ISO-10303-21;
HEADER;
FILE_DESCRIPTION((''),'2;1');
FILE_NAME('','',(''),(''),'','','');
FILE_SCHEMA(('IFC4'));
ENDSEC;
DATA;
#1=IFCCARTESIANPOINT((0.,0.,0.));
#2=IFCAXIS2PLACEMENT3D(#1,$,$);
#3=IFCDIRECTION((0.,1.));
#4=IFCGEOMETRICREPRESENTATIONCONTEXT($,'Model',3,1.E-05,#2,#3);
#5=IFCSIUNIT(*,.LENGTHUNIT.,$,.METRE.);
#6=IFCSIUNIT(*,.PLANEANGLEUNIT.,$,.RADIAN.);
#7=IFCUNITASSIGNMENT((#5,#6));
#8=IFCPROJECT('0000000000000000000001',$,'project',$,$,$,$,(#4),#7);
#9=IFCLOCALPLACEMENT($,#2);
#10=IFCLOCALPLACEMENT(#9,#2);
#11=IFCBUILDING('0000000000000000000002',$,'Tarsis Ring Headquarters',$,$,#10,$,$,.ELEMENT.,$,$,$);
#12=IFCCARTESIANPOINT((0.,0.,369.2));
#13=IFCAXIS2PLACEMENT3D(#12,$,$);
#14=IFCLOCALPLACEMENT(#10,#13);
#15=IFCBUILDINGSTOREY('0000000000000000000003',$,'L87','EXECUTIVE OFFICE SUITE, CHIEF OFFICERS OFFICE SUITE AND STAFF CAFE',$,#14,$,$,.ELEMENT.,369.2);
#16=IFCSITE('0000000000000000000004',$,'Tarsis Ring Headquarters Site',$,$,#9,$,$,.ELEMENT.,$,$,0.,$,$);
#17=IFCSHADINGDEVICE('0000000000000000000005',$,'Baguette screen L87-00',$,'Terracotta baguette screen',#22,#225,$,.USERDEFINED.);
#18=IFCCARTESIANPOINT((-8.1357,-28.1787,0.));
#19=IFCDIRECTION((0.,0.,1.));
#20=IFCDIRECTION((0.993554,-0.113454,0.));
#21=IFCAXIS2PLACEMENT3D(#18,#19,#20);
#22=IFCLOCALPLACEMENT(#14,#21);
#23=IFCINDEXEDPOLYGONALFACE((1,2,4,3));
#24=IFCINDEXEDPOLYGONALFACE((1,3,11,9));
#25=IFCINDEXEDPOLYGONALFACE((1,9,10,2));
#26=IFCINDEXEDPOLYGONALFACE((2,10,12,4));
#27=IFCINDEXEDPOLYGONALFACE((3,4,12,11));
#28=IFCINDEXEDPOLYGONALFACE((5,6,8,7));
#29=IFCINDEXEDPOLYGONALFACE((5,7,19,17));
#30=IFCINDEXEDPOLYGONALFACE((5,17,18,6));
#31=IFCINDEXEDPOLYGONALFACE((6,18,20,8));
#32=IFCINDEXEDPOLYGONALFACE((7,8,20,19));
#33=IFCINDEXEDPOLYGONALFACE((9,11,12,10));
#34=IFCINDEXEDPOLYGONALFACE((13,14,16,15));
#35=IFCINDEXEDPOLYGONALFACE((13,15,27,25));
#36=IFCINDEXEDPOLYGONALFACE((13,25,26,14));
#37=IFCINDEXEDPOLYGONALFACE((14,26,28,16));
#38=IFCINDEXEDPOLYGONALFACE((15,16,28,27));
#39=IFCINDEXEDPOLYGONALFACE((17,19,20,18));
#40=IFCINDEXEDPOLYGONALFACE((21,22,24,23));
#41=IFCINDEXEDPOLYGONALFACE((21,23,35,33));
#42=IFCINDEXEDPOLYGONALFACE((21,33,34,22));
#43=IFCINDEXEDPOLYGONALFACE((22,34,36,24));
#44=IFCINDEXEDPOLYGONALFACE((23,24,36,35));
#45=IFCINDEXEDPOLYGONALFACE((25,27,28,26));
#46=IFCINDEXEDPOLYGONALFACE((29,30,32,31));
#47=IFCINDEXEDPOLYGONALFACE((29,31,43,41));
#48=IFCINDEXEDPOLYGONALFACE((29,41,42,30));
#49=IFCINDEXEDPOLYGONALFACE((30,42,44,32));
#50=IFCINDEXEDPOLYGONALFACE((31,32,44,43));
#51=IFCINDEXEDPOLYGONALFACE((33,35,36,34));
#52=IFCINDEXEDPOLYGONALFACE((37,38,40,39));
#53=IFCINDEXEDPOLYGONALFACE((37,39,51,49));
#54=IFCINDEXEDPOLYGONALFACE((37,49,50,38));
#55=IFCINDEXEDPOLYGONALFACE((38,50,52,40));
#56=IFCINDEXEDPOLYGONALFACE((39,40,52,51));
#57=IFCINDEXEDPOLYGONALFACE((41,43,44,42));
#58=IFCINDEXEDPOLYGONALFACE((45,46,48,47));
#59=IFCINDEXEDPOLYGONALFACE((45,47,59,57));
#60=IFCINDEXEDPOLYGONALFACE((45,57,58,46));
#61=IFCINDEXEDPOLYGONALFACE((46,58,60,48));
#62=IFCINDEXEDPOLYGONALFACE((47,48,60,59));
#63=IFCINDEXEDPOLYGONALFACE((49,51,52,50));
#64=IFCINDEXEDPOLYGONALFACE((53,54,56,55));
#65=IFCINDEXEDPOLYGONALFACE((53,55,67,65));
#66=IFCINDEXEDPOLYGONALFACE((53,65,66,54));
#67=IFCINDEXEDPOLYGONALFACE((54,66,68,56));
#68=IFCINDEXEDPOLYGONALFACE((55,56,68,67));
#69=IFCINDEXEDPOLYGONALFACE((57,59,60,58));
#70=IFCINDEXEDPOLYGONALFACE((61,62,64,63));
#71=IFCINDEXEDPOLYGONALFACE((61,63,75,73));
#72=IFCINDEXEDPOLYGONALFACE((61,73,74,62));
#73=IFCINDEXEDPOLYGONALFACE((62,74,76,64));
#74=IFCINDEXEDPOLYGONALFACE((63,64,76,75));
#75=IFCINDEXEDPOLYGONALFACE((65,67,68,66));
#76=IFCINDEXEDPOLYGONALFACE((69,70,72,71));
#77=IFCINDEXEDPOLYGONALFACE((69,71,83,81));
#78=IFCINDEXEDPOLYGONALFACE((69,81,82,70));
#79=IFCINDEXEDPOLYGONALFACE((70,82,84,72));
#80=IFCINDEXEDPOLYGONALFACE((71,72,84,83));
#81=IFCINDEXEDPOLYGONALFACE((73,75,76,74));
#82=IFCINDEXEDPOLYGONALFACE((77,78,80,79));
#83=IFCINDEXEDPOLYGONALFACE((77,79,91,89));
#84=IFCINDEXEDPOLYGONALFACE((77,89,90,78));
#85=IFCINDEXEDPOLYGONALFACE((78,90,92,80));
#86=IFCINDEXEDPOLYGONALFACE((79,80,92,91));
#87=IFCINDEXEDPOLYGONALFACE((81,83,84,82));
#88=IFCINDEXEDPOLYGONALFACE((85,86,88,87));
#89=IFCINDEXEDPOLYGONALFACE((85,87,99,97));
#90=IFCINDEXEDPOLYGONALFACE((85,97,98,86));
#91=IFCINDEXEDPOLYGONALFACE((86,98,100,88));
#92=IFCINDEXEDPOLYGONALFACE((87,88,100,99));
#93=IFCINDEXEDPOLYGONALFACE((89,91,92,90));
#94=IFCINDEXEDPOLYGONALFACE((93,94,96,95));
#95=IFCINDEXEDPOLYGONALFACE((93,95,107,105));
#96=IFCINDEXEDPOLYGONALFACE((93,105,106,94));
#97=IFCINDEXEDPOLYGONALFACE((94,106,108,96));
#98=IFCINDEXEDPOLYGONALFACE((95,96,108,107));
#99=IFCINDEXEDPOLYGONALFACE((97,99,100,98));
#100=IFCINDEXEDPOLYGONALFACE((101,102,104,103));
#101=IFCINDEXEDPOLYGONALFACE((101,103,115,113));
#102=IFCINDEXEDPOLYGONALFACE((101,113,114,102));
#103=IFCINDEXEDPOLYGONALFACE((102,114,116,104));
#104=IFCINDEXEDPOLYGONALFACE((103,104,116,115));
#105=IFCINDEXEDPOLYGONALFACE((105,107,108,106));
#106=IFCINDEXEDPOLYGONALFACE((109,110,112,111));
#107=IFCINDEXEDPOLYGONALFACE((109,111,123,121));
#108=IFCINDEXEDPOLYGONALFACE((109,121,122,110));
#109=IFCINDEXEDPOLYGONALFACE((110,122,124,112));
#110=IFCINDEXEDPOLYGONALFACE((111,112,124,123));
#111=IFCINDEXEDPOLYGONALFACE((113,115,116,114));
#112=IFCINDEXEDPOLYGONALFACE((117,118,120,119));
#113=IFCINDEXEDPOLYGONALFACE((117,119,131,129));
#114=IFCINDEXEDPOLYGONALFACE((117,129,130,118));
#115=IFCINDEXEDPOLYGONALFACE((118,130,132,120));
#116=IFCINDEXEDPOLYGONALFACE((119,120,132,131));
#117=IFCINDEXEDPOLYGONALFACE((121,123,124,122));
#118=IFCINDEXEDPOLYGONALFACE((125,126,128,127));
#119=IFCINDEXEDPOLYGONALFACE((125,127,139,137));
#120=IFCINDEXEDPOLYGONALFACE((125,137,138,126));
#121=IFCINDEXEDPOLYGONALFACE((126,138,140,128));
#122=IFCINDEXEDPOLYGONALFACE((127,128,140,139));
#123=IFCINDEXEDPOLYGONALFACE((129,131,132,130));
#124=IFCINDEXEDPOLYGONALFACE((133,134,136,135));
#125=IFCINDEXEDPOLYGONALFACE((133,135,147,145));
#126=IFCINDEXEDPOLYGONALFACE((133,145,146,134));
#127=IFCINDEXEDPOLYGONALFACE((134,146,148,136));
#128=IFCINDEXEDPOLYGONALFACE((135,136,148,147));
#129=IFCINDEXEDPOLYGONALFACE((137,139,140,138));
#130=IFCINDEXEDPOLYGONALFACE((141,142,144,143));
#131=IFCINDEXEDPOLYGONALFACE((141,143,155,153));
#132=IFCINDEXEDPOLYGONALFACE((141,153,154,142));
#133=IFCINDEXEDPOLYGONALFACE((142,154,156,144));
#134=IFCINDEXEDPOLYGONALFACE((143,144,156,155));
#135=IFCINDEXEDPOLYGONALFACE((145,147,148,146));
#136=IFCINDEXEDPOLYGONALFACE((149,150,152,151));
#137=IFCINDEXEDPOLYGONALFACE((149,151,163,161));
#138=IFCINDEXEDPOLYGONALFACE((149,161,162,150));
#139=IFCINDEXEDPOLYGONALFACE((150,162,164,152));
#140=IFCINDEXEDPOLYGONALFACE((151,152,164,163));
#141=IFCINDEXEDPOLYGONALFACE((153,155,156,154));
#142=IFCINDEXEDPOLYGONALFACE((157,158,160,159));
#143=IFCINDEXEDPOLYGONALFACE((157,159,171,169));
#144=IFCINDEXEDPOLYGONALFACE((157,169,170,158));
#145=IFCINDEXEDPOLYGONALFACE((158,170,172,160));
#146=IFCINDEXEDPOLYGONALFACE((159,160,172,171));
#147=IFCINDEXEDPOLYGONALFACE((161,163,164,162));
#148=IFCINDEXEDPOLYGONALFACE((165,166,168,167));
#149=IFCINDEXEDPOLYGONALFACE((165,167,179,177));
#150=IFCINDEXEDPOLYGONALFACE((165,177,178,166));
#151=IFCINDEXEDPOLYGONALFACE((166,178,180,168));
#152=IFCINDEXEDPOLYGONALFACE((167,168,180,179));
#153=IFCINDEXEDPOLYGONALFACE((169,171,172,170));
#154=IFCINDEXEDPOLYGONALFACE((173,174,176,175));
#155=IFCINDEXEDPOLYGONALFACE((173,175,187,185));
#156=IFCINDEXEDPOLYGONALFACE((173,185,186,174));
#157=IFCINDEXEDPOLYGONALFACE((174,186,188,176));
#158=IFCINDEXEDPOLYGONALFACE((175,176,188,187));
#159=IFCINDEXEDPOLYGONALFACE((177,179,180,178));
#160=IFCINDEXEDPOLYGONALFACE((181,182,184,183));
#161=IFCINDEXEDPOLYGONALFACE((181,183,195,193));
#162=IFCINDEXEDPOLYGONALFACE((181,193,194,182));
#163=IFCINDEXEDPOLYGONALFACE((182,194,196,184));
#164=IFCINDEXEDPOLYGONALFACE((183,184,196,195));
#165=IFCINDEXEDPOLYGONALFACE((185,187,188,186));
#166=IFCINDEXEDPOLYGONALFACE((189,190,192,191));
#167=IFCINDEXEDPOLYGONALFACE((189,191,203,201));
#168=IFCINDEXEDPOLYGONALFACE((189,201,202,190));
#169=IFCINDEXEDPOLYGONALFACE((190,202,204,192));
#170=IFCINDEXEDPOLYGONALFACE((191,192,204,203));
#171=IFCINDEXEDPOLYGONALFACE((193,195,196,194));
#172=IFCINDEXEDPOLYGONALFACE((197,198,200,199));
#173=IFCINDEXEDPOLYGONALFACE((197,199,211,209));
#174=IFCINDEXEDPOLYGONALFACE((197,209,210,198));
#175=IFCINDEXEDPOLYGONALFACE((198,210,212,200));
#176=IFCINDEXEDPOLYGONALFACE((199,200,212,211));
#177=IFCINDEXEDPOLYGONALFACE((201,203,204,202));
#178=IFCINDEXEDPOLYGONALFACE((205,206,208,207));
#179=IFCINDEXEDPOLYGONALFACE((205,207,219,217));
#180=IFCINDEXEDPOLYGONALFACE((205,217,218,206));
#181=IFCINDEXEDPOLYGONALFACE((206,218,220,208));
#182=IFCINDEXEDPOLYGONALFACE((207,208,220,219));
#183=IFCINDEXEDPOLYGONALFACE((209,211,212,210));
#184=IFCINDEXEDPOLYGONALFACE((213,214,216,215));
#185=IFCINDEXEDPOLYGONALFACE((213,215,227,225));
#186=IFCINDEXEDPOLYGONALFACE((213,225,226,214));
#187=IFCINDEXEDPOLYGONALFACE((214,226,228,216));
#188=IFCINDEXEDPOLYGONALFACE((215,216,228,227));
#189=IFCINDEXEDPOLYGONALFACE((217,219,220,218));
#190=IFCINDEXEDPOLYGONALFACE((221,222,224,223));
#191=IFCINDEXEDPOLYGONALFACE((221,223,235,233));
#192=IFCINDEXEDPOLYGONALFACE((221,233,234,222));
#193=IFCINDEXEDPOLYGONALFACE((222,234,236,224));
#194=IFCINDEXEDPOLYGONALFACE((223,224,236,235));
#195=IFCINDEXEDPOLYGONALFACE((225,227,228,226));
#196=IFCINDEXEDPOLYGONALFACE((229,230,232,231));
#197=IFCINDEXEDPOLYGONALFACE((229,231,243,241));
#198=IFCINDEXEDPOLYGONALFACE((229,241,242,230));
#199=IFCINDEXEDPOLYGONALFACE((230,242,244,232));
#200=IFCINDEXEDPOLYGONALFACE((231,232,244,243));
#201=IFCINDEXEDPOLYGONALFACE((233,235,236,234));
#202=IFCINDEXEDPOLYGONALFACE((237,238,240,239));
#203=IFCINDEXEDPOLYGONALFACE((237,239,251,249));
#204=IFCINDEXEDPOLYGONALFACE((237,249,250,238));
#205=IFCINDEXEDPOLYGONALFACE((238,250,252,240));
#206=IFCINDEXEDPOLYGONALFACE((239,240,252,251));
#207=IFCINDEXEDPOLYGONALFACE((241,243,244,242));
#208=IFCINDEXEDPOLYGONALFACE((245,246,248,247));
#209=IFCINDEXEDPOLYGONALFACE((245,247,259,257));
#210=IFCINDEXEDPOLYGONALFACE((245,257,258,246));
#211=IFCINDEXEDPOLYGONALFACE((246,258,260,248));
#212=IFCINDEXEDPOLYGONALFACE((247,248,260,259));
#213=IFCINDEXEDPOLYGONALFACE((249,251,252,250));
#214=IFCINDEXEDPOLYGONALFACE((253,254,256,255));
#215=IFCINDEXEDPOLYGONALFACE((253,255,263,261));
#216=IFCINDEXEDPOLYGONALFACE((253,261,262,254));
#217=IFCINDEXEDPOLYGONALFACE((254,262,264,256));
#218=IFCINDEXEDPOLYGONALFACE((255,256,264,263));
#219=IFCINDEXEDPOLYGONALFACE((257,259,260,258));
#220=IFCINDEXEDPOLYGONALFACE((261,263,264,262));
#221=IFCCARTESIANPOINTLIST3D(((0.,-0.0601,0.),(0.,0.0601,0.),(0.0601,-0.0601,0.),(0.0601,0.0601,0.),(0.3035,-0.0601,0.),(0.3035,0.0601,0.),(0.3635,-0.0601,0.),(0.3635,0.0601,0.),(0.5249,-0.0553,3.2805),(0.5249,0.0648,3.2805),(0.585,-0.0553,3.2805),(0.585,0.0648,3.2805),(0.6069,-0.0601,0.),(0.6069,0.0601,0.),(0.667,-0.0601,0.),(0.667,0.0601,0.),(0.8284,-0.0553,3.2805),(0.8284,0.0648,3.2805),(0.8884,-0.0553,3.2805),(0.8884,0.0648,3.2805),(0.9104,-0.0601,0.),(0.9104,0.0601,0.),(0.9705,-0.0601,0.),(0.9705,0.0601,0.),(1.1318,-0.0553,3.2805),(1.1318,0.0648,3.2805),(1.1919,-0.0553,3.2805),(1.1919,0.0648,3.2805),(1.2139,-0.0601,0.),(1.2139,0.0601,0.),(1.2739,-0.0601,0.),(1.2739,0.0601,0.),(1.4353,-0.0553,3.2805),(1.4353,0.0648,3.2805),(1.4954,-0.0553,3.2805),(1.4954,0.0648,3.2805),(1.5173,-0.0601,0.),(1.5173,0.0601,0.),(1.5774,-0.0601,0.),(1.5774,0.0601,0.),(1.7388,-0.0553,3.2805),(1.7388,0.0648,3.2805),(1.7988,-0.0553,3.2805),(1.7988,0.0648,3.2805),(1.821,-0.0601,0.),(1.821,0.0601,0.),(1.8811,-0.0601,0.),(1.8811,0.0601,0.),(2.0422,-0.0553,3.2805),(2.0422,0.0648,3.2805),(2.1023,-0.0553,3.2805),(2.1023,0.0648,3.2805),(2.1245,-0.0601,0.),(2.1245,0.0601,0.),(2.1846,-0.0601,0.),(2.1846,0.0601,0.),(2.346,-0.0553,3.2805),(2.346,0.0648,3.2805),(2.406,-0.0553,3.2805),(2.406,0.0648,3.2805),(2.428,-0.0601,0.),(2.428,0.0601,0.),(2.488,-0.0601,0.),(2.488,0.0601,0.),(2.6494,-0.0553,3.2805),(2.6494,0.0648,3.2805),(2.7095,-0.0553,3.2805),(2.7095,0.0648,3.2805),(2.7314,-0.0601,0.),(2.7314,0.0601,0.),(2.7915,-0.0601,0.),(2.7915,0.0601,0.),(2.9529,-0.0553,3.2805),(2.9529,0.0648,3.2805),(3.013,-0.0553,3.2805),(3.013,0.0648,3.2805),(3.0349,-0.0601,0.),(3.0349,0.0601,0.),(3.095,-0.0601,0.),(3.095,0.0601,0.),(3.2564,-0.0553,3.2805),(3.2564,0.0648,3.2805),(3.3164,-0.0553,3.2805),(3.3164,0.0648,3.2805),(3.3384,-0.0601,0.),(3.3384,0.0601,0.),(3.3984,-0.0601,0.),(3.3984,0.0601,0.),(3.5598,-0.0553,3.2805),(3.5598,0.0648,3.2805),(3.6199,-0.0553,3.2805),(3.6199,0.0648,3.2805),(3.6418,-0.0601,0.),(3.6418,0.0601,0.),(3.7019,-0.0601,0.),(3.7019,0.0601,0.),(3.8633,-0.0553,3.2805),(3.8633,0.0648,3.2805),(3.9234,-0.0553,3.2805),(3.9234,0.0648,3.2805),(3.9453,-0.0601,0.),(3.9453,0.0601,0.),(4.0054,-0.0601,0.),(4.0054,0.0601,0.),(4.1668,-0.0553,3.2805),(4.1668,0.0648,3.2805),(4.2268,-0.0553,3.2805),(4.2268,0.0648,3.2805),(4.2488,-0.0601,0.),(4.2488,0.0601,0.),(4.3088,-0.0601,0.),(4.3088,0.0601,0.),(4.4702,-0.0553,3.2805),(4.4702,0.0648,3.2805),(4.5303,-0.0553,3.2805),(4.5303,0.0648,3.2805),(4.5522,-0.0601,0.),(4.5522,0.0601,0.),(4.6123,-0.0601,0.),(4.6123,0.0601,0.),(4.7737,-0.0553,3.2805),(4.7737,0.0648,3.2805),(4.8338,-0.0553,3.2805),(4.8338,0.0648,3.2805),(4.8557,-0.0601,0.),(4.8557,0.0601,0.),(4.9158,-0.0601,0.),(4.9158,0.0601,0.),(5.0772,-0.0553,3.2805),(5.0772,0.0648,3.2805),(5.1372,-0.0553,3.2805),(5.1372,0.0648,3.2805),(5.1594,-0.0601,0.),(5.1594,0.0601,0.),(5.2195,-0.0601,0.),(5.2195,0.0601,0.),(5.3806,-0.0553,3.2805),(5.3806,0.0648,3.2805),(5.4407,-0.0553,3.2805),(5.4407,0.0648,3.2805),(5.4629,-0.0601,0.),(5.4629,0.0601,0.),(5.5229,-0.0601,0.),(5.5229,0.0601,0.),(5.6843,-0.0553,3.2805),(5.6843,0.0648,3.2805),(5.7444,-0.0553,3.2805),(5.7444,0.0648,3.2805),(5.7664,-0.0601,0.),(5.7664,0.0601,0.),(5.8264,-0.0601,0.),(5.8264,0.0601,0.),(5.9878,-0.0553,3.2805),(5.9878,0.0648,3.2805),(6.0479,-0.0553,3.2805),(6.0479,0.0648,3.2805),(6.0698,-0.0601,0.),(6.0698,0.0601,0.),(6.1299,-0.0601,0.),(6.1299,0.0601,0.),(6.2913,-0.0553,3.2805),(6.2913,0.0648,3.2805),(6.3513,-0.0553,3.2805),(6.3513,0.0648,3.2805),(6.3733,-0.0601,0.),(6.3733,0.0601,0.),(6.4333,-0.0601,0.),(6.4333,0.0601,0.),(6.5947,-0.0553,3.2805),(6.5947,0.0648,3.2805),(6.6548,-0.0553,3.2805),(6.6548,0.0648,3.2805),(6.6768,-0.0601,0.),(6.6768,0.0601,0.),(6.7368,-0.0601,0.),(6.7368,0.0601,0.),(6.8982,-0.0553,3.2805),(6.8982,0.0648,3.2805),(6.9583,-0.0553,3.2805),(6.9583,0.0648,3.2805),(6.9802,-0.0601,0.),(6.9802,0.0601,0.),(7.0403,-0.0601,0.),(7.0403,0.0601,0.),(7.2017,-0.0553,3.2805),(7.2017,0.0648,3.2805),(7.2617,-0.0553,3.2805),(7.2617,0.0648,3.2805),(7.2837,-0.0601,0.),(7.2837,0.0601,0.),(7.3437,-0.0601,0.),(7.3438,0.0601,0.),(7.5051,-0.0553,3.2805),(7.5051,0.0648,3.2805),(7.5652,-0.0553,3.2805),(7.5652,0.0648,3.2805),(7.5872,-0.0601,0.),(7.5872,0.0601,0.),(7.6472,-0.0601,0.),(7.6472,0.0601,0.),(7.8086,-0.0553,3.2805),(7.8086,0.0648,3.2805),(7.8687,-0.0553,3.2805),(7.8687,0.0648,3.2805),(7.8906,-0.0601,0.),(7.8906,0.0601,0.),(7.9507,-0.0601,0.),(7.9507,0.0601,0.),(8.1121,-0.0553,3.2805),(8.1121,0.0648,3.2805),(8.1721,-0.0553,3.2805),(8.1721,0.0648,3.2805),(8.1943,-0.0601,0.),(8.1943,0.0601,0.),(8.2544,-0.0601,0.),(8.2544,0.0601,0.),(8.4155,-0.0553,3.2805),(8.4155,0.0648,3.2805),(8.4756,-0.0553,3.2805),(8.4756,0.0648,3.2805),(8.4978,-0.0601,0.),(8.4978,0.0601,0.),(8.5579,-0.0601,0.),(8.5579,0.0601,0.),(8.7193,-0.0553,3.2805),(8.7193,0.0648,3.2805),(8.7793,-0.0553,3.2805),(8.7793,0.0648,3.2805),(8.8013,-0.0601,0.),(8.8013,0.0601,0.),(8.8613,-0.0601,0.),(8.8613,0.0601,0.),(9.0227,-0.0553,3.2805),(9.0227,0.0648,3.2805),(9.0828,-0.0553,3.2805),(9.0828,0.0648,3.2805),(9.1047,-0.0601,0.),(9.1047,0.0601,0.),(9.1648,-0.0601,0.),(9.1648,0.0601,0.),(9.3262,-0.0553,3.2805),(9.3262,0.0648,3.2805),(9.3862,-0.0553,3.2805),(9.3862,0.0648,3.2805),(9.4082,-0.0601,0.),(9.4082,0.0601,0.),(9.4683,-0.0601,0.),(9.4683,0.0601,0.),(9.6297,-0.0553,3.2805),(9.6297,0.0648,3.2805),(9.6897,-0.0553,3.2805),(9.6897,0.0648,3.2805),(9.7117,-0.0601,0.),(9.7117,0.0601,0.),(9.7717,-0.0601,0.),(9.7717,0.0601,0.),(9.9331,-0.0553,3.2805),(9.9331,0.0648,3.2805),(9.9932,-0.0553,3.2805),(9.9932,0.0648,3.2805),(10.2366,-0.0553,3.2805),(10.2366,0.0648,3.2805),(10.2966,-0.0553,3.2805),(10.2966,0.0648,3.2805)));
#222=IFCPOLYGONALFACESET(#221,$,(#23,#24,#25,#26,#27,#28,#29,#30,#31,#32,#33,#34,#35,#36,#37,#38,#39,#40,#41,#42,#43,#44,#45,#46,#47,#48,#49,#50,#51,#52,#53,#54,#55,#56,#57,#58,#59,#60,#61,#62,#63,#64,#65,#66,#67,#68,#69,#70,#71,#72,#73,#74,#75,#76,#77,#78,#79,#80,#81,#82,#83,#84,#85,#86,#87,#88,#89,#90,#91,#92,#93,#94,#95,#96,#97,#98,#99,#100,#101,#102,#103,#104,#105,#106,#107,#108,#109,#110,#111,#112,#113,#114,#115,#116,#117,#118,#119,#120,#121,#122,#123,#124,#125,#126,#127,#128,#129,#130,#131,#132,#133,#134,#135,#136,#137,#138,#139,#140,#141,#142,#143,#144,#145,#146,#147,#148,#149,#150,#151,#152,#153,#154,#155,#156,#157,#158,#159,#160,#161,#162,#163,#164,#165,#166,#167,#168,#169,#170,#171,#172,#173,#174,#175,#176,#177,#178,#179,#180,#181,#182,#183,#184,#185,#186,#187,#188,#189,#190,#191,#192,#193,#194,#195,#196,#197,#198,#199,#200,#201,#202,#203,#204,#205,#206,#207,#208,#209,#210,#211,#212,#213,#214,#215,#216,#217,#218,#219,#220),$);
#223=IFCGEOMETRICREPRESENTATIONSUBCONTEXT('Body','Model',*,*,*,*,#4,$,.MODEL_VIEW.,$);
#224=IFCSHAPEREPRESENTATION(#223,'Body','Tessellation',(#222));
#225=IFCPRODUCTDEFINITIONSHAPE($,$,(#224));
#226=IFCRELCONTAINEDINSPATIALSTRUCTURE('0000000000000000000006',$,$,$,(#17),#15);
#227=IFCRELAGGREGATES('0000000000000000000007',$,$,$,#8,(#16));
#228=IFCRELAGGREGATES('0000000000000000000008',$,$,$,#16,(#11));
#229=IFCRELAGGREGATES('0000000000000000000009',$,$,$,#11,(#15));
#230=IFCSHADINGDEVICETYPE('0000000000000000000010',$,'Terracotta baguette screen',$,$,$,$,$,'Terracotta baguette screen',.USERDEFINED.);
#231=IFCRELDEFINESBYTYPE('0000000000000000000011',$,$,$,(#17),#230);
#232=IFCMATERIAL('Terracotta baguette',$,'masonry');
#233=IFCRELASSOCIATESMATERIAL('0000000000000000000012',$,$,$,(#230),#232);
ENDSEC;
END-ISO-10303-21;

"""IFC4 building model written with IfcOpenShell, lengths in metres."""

from ifc_helpers import new_model, si_unit, direction, frame, frame_2d, origin, place, context, subcontext, project, spatial, rectangle, composite_profile, extrude, material, type_object, element, save


model = new_model("IFC4")

# Units and contexts
model_context = context("Model", 3, precision=1e-05, world=origin(), true_north=direction((0.0, 1.0)))
body_context = subcontext(model_context, "Body", "Model", "MODEL_VIEW")
ifc_project = project(units=[si_unit("LENGTHUNIT", "METRE"), si_unit("PLANEANGLEUNIT", "RADIAN")], contexts=[model_context])

# Site, building, storey
site_placement = place(None, origin())
site = spatial("IfcSite", under=ifc_project, at=site_placement, Name="Tarsis Ring Headquarters Site", CompositionType="ELEMENT", RefElevation=0.0)
building_placement = place(site_placement, origin())
building = spatial("IfcBuilding", under=site, at=building_placement, Name="Tarsis Ring Headquarters", CompositionType="ELEMENT")
storey_placement = place(building_placement, frame((0.0, 0.0, 369.2)))
storey = spatial("IfcBuildingStorey", under=building, at=storey_placement, Name="L87", Description="EXECUTIVE OFFICE SUITE, CHIEF OFFICERS OFFICE SUITE AND STAFF CAFE", CompositionType="ELEMENT", Elevation=369.2)

# Shading device
ifc_material_1 = material(Name="Terracotta baguette", Category="masonry")
shading_device_type = type_object("IfcShadingDeviceType", Name="Terracotta baguette screen", ElementType="Terracotta baguette screen", PredefinedType="USERDEFINED", material=ifc_material_1)
shading_device_placement = place(storey_placement, frame((-8.1357, -28.1787, 0.0), z_axis=(0.0, 0.0, 1.0), x_axis=(0.993554, -0.113454, 0.0)))
element("IfcShadingDevice", 1, at=shading_device_placement, inside=storey, type_object=shading_device_type, Name="Baguette screen L87-00", ObjectType="Terracotta baguette screen", PredefinedType="USERDEFINED", context=body_context, shape_type="SweptSolid", body=[
    extrude(composite_profile([rectangle(XDim=0.0601, YDim=0.1201, at=frame_2d((0.03, 0.0))), rectangle(XDim=0.0601, YDim=0.1201, at=frame_2d((0.3335, 0.0))), rectangle(XDim=0.0601, YDim=0.1201, at=frame_2d((0.637, 0.0))), rectangle(XDim=0.0601, YDim=0.1201, at=frame_2d((0.9404, 0.0))), rectangle(XDim=0.0601, YDim=0.1201, at=frame_2d((1.2439, 0.0))), rectangle(XDim=0.0601, YDim=0.1201, at=frame_2d((1.5474, 0.0))), rectangle(XDim=0.0601, YDim=0.1201, at=frame_2d((1.8511, 0.0))), rectangle(XDim=0.0601, YDim=0.1201, at=frame_2d((2.1545, 0.0))), rectangle(XDim=0.0601, YDim=0.1201, at=frame_2d((2.458, 0.0))), rectangle(XDim=0.0601, YDim=0.1201, at=frame_2d((2.7615, 0.0))), rectangle(XDim=0.0601, YDim=0.1201, at=frame_2d((3.0649, 0.0))), rectangle(XDim=0.0601, YDim=0.1201, at=frame_2d((3.3684, 0.0))), rectangle(XDim=0.0601, YDim=0.1201, at=frame_2d((3.6719, 0.0))), rectangle(XDim=0.0601, YDim=0.1201, at=frame_2d((3.9753, 0.0))), rectangle(XDim=0.0601, YDim=0.1201, at=frame_2d((4.2788, 0.0))), rectangle(XDim=0.0601, YDim=0.1201, at=frame_2d((4.5823, 0.0))), rectangle(XDim=0.0601, YDim=0.1201, at=frame_2d((4.8857, 0.0))), rectangle(XDim=0.0601, YDim=0.1201, at=frame_2d((5.1895, 0.0))), rectangle(XDim=0.0601, YDim=0.1201, at=frame_2d((5.4929, 0.0))), rectangle(XDim=0.0601, YDim=0.1201, at=frame_2d((5.7964, 0.0))), rectangle(XDim=0.0601, YDim=0.1201, at=frame_2d((6.0999, 0.0))), rectangle(XDim=0.0601, YDim=0.1201, at=frame_2d((6.4033, 0.0))), rectangle(XDim=0.0601, YDim=0.1201, at=frame_2d((6.7068, 0.0))), rectangle(XDim=0.0601, YDim=0.1201, at=frame_2d((7.0103, 0.0))), rectangle(XDim=0.0601, YDim=0.1201, at=frame_2d((7.3137, 0.0))), rectangle(XDim=0.0601, YDim=0.1201, at=frame_2d((7.6172, 0.0))), rectangle(XDim=0.0601, YDim=0.1201, at=frame_2d((7.9207, 0.0))), rectangle(XDim=0.0601, YDim=0.1201, at=frame_2d((8.2244, 0.0))), rectangle(XDim=0.0601, YDim=0.1201, at=frame_2d((8.5278, 0.0))), rectangle(XDim=0.0601, YDim=0.1201, at=frame_2d((8.8313, 0.0))), rectangle(XDim=0.0601, YDim=0.1201, at=frame_2d((9.1348, 0.0))), rectangle(XDim=0.0601, YDim=0.1201, at=frame_2d((9.4382, 0.0))), rectangle(XDim=0.0601, YDim=0.1201, at=frame_2d((9.7417, 0.0)))]), origin(), (0.157999, 0.001432, 0.987438), 3.3223),
])

save(model, "model.ifc")
